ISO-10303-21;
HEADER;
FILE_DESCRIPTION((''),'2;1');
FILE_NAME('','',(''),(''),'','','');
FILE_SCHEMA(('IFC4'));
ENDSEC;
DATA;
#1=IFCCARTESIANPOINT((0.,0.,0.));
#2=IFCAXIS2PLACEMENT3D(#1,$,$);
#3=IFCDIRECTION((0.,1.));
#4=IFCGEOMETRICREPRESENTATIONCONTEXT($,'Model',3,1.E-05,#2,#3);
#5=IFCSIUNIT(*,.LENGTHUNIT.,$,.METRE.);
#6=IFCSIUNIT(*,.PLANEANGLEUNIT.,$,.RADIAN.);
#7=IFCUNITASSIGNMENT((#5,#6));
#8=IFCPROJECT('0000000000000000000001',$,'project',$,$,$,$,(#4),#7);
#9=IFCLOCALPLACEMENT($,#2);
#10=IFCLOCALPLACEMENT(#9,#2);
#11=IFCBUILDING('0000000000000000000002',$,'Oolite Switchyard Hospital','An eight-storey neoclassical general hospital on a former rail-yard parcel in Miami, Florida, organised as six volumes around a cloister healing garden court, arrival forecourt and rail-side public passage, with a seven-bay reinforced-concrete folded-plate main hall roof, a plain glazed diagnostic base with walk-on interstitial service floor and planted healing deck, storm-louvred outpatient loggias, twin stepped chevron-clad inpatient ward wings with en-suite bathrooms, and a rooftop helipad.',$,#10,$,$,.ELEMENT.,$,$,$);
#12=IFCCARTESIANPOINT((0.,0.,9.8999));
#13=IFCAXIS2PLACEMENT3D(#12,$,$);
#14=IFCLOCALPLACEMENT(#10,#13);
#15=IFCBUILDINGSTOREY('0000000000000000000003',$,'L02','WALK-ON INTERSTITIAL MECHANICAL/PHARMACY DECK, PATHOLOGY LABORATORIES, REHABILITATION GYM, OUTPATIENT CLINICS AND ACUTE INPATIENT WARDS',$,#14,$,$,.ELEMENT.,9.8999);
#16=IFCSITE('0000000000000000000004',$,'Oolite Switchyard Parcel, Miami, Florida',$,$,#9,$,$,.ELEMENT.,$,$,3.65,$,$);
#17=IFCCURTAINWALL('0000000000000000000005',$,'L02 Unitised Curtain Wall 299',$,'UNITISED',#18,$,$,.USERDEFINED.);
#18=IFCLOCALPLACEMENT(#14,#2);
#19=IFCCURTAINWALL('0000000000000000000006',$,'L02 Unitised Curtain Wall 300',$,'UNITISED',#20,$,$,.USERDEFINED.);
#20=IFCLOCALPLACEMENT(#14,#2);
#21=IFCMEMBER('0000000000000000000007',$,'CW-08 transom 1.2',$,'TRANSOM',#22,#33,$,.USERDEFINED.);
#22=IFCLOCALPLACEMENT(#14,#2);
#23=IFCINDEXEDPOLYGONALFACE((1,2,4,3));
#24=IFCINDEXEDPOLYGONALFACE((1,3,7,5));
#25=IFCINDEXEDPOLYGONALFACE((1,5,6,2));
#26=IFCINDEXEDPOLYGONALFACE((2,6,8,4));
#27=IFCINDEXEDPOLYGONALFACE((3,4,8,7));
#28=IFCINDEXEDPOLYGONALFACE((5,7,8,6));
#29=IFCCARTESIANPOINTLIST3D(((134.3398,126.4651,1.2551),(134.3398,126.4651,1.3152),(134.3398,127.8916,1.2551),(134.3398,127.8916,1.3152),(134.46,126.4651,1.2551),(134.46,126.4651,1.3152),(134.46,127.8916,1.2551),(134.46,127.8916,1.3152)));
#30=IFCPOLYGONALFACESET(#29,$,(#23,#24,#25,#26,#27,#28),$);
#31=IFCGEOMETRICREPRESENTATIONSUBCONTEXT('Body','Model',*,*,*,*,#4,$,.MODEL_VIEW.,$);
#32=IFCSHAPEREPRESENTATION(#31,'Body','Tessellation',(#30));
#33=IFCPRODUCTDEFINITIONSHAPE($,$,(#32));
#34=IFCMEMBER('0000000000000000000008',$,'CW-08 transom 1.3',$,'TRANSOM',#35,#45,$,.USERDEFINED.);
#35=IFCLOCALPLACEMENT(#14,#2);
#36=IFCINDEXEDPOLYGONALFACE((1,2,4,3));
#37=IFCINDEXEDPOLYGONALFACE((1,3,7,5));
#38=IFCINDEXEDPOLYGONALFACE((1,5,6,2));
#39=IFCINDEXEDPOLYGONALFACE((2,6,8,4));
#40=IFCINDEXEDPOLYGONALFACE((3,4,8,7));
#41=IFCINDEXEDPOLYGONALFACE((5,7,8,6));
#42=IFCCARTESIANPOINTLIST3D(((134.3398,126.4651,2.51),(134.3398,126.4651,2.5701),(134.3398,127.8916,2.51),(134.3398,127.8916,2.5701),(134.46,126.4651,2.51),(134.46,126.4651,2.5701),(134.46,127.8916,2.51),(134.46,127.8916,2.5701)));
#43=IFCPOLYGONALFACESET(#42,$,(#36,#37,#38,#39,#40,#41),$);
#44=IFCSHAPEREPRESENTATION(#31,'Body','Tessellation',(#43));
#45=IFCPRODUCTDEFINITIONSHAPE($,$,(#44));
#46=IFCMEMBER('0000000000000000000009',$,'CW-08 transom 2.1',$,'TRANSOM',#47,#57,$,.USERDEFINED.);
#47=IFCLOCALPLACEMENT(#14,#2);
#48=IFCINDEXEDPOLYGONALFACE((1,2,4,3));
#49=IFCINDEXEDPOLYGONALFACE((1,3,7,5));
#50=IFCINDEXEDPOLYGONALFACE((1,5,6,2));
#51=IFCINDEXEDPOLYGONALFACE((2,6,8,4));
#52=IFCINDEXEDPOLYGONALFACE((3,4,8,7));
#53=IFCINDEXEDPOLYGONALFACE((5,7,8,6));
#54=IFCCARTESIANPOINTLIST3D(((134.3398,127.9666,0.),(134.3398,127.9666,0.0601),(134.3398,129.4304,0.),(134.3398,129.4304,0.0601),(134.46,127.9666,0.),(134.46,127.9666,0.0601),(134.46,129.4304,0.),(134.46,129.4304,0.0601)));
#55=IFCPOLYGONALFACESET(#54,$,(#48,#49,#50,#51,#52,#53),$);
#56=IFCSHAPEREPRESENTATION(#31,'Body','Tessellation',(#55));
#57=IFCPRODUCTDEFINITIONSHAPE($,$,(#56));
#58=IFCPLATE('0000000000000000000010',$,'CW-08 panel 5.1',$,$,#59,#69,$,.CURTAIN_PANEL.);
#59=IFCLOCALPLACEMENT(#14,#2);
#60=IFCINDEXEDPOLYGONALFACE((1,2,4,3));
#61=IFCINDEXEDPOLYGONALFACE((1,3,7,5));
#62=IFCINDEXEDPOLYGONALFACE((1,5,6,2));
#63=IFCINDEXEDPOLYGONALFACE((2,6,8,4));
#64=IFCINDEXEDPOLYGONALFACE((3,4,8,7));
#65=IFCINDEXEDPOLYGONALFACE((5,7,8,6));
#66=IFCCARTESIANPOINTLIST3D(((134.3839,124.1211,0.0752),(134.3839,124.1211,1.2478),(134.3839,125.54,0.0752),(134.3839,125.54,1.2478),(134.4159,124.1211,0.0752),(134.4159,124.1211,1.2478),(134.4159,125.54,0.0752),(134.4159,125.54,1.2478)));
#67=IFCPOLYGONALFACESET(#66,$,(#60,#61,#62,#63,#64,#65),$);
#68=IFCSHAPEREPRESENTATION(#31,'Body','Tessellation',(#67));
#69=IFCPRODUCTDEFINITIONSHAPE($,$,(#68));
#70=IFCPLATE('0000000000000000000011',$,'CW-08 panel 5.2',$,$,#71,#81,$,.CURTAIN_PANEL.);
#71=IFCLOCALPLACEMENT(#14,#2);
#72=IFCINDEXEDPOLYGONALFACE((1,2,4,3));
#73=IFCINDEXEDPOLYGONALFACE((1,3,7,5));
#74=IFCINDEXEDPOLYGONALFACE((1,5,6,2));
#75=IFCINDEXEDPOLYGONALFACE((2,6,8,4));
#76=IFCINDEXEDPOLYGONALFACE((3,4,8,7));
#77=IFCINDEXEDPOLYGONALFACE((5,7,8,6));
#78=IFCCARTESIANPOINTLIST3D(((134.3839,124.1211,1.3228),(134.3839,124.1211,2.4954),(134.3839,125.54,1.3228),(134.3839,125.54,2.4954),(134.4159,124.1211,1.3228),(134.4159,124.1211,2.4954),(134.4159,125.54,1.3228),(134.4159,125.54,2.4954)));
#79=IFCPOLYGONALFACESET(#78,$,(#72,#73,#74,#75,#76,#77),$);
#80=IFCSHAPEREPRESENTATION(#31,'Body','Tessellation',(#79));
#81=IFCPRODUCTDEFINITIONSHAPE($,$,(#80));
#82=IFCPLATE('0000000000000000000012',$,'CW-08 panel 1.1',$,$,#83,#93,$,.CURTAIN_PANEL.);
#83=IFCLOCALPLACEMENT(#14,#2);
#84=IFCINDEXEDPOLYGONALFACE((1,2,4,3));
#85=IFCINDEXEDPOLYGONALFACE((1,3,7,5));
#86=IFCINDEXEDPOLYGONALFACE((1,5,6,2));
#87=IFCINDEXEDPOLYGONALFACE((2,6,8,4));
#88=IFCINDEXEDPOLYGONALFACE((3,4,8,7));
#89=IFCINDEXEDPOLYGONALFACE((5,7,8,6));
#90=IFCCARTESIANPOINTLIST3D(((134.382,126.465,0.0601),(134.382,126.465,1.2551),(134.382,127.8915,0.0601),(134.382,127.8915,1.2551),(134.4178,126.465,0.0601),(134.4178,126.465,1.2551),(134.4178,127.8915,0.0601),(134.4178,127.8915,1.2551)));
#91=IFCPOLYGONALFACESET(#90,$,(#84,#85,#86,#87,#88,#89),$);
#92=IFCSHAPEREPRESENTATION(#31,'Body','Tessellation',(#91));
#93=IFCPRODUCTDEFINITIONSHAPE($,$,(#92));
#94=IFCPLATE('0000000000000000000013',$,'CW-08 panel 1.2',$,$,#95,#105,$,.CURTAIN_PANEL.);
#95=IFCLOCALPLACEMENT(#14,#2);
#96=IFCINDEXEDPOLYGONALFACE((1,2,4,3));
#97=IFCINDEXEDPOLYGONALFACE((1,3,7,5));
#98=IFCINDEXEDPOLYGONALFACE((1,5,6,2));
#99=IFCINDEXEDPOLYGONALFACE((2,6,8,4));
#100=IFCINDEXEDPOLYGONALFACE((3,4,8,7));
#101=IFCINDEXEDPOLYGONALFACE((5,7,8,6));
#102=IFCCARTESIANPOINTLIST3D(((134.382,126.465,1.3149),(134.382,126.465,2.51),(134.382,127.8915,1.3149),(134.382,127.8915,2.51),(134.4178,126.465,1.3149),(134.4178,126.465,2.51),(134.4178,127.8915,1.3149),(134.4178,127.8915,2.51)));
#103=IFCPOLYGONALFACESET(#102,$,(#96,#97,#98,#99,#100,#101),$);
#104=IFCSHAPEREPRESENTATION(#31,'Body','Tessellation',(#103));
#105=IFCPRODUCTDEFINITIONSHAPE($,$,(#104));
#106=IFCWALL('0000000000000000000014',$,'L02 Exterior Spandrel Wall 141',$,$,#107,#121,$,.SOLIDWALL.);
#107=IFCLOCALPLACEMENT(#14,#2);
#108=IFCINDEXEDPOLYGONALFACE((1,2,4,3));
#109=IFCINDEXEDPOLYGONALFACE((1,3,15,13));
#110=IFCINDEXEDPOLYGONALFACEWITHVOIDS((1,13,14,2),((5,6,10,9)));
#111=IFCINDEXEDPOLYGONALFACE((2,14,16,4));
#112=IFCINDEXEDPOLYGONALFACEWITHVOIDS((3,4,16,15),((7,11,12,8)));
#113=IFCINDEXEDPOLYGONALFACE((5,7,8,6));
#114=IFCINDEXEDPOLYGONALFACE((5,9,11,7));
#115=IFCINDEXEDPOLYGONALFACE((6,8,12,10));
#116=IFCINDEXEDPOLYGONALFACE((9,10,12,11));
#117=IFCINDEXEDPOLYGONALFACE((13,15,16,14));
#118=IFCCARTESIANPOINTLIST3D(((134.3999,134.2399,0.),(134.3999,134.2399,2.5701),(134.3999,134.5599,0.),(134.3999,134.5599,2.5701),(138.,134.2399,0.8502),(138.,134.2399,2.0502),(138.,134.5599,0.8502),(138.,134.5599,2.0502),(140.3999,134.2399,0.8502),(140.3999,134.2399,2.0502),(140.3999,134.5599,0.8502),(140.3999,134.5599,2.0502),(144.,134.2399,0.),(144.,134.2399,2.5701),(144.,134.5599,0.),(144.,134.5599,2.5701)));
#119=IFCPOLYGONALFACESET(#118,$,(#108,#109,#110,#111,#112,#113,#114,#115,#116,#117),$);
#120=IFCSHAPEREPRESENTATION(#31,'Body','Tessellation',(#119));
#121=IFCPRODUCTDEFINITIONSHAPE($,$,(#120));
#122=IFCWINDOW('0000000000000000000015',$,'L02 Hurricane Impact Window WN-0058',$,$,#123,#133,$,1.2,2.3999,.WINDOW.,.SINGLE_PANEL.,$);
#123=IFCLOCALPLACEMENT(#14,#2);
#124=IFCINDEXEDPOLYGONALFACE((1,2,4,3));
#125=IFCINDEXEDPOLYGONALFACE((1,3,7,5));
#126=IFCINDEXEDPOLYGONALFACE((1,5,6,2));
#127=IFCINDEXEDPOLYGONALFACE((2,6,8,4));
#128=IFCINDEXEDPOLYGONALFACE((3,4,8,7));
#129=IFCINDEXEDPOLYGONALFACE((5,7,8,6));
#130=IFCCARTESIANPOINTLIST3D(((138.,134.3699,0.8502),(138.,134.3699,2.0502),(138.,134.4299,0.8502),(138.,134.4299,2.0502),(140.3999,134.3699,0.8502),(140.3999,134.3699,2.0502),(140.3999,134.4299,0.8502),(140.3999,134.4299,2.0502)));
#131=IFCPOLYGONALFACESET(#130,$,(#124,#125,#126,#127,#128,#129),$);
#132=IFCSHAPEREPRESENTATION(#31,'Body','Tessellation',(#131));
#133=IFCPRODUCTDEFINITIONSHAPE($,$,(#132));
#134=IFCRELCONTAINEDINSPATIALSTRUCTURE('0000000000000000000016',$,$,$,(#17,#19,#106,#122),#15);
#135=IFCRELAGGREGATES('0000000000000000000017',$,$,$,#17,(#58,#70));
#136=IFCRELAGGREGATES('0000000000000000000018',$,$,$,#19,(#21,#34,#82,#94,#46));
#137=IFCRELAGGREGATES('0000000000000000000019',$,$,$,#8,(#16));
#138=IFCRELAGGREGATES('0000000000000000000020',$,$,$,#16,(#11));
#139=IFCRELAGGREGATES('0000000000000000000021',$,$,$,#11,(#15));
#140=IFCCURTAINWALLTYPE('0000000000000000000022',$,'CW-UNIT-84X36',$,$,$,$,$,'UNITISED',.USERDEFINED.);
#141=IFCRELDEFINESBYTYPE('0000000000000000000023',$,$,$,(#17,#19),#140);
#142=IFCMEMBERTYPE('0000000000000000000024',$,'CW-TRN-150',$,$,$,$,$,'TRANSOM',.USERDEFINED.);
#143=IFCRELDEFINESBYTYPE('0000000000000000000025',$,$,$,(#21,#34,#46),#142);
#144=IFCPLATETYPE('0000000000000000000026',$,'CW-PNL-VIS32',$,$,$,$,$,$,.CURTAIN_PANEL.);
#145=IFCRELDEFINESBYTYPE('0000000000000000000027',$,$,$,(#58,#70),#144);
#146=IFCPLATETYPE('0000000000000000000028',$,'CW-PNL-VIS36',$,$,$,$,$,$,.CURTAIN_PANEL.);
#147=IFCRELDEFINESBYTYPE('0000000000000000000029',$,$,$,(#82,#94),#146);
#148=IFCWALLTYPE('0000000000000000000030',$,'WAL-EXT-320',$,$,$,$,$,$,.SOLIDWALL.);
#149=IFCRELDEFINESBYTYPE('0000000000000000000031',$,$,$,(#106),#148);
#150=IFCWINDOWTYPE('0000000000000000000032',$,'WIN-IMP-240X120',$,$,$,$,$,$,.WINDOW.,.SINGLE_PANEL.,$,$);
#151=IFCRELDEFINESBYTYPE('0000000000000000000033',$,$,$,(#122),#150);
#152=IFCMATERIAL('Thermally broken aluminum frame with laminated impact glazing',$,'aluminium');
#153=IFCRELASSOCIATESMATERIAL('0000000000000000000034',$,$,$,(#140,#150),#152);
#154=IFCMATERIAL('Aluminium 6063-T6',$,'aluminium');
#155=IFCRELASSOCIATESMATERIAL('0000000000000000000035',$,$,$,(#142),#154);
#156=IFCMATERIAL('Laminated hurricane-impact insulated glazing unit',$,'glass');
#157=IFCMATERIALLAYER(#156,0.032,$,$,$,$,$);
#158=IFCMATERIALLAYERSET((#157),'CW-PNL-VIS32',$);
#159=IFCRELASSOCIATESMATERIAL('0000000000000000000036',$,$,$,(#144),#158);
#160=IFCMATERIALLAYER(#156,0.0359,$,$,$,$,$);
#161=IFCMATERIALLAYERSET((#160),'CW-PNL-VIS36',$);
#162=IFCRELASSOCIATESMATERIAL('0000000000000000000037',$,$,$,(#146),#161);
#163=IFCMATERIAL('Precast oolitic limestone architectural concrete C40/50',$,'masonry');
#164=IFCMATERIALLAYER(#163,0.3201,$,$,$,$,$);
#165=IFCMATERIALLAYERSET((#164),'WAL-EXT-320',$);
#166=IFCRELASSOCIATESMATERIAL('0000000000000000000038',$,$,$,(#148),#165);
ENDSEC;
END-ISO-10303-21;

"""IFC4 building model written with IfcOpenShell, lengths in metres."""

from ifc_helpers import new_model, si_unit, direction, frame, frame_2d, origin, origin_2d, place, context, subcontext, project, spatial, rectangle, extrude, material, layer, layer_set, material_profile, profile_set, type_object, element, fill, aggregate, save


model = new_model("IFC4")

# Units and contexts
model_context = context("Model", 3, precision=1e-05, world=origin(), true_north=direction((0.0, 1.0)))
body_context = subcontext(model_context, "Body", "Model", "MODEL_VIEW")
ifc_project = project(units=[si_unit("LENGTHUNIT", "METRE"), si_unit("PLANEANGLEUNIT", "RADIAN")], contexts=[model_context])

# Site, building, storey
site_placement = place(None, origin())
site = spatial("IfcSite", under=ifc_project, at=site_placement, Name="Oolite Switchyard Parcel, Miami, Florida", CompositionType="ELEMENT", RefElevation=3.65)
building_placement = place(site_placement, origin())
building = spatial("IfcBuilding", under=site, at=building_placement, Name="Oolite Switchyard Hospital", Description="An eight-storey neoclassical general hospital on a former rail-yard parcel in Miami, Florida, organised as six volumes around a cloister healing garden court, arrival forecourt and rail-side public passage, with a seven-bay reinforced-concrete folded-plate main hall roof, a plain glazed diagnostic base with walk-on interstitial service floor and planted healing deck, storm-louvred outpatient loggias, twin stepped chevron-clad inpatient ward wings with en-suite bathrooms, and a rooftop helipad.", CompositionType="ELEMENT")
storey_placement = place(building_placement, frame((0.0, 0.0, 9.8999)))
storey = spatial("IfcBuildingStorey", under=building, at=storey_placement, Name="L02", Description="WALK-ON INTERSTITIAL MECHANICAL/PHARMACY DECK, PATHOLOGY LABORATORIES, REHABILITATION GYM, OUTPATIENT CLINICS AND ACUTE INPATIENT WARDS", CompositionType="ELEMENT", Elevation=9.8999)

# Curtain wall
ifc_material_1 = material(Name="Thermally broken aluminum frame with laminated impact glazing", Category="aluminium")
curtain_wall_type = type_object("IfcCurtainWallType", Name="CW-UNIT-84X36", ElementType="UNITISED", PredefinedType="USERDEFINED", material=ifc_material_1)
curtain_wall_1_placement = place(storey_placement, origin())
curtain_wall_1 = element("IfcCurtainWall", 1, at=curtain_wall_1_placement, inside=storey, type_object=curtain_wall_type, Name="L02 Unitised Curtain Wall 299", ObjectType="UNITISED", PredefinedType="USERDEFINED")
ifc_material_2 = material(Name="Aluminium 6063-T6", Category="aluminium")

# Curtain wall, members
curtain_wall_2_placement = place(storey_placement, origin())
curtain_wall_2 = element("IfcCurtainWall", 2, at=curtain_wall_2_placement, inside=storey, type_object=curtain_wall_type, Name="L02 Unitised Curtain Wall 300", ObjectType="UNITISED", PredefinedType="USERDEFINED")
ifc_material_profile_1 = material_profile(ifc_material_2, rectangle(XDim=0.1201, YDim=0.0601, at=origin_2d()), Name="CWT60X120")
ifc_profile_set_1 = profile_set([ifc_material_profile_1], Name="Aluminium 6063-T6")
member_type_1 = type_object("IfcMemberType", Name="CW-TRN-150", ElementType="TRANSOM", PredefinedType="USERDEFINED", material=ifc_profile_set_1)
member_1_placement = place(storey_placement, frame((134.3999, 126.4651, 1.2852), z_axis=(0.0, 1.0, 0.0), x_axis=(-1.0, 0.0, 0.0)))
member_1 = element("IfcMember", 3, at=member_1_placement, type_object=member_type_1, Name="CW-08 transom 1.2", ObjectType="TRANSOM", PredefinedType="USERDEFINED", context=body_context, shape_type="SweptSolid", body=[
    extrude(rectangle(XDim=0.1201, YDim=0.0601, at=origin_2d()), origin(), (0.0, 0.0, 1.0), 1.4265),
])
member_2_placement = place(storey_placement, frame((134.3999, 126.4651, 2.54), z_axis=(0.0, 1.0, 0.0), x_axis=(-1.0, 0.0, 0.0)))
member_2 = element("IfcMember", 4, at=member_2_placement, type_object=member_type_1, Name="CW-08 transom 1.3", ObjectType="TRANSOM", PredefinedType="USERDEFINED", context=body_context, shape_type="SweptSolid", body=[
    extrude(rectangle(XDim=0.1201, YDim=0.0601, at=origin_2d()), origin(), (0.0, 0.0, 1.0), 1.4265),
])
member_3_placement = place(storey_placement, frame((134.3999, 127.9666, 0.03), z_axis=(0.0, 1.0, 0.0), x_axis=(-1.0, 0.0, 0.0)))
member_3 = element("IfcMember", 5, at=member_3_placement, type_object=member_type_1, Name="CW-08 transom 2.1", ObjectType="TRANSOM", PredefinedType="USERDEFINED", context=body_context, shape_type="SweptSolid", body=[
    extrude(rectangle(XDim=0.1201, YDim=0.0601, at=origin_2d()), origin(), (0.0, 0.0, 1.0), 1.4639),
])

# Plates
ifc_material_3 = material(Name="Laminated hurricane-impact insulated glazing unit", Category="glass")
ifc_layer_1 = layer(ifc_material_3, 0.032)
ifc_layer_set_1 = layer_set([ifc_layer_1], Name="CW-PNL-VIS32")
plate_type_1 = type_object("IfcPlateType", Name="CW-PNL-VIS32", PredefinedType="CURTAIN_PANEL", material=ifc_layer_set_1)
plate_1_placement = place(storey_placement, frame((134.3999, 124.8306, 0.0752), z_axis=(0.0, 0.0, 1.0), x_axis=(0.0, 1.0, 0.0)))
plate_1 = element("IfcPlate", 6, at=plate_1_placement, type_object=plate_type_1, Name="CW-08 panel 5.1", PredefinedType="CURTAIN_PANEL", context=body_context, shape_type="SweptSolid", body=[
    extrude(rectangle(XDim=1.4189, YDim=0.032, at=origin_2d()), origin(), (0.0, 0.0, 1.0), 1.1726),
])
plate_2_placement = place(storey_placement, frame((134.3999, 124.8306, 1.3228), z_axis=(0.0, 0.0, 1.0), x_axis=(0.0, 1.0, 0.0)))
plate_2 = element("IfcPlate", 7, at=plate_2_placement, type_object=plate_type_1, Name="CW-08 panel 5.2", PredefinedType="CURTAIN_PANEL", context=body_context, shape_type="SweptSolid", body=[
    extrude(rectangle(XDim=1.4189, YDim=0.032, at=origin_2d()), origin(), (0.0, 0.0, 1.0), 1.1726),
])
aggregate(curtain_wall_1, [plate_1, plate_2])
ifc_layer_2 = layer(ifc_material_3, 0.0359)
ifc_layer_set_2 = layer_set([ifc_layer_2], Name="CW-PNL-VIS36")
plate_type_2 = type_object("IfcPlateType", Name="CW-PNL-VIS36", PredefinedType="CURTAIN_PANEL", material=ifc_layer_set_2)
plate_3_placement = place(storey_placement, frame((134.3999, 127.1782, 0.0601), z_axis=(0.0, 0.0, 1.0), x_axis=(0.0, 1.0, 0.0)))
plate_3 = element("IfcPlate", 8, at=plate_3_placement, type_object=plate_type_2, Name="CW-08 panel 1.1", PredefinedType="CURTAIN_PANEL", context=body_context, shape_type="SweptSolid", body=[
    extrude(rectangle(XDim=1.4265, YDim=0.0359, at=origin_2d()), origin(), (0.0, 0.0, 1.0), 1.1951),
])
plate_4_placement = place(storey_placement, frame((134.3999, 127.1782, 1.3149), z_axis=(0.0, 0.0, 1.0), x_axis=(0.0, 1.0, 0.0)))
plate_4 = element("IfcPlate", 9, at=plate_4_placement, type_object=plate_type_2, Name="CW-08 panel 1.2", PredefinedType="CURTAIN_PANEL", context=body_context, shape_type="SweptSolid", body=[
    extrude(rectangle(XDim=1.4265, YDim=0.0359, at=origin_2d()), origin(), (0.0, 0.0, 1.0), 1.1951),
])
aggregate(curtain_wall_2, [member_1, member_2, plate_3, plate_4, member_3])

# Wall, opening, window
ifc_material_4 = material(Name="Precast oolitic limestone architectural concrete C40/50", Category="masonry")
ifc_layer_3 = layer(ifc_material_4, 0.3201)
ifc_layer_set_3 = layer_set([ifc_layer_3], Name="WAL-EXT-320")
wall_type = type_object("IfcWallType", Name="WAL-EXT-320", PredefinedType="SOLIDWALL", material=ifc_layer_set_3)
wall_placement = place(storey_placement, frame((134.3999, 134.3999, 0.0), z_axis=(0.0, 0.0, 1.0), x_axis=(1.0, 0.0, 0.0)))
wall = element("IfcWall", 10, at=wall_placement, inside=storey, type_object=wall_type, Name="L02 Exterior Spandrel Wall 141", PredefinedType="SOLIDWALL", context=body_context, shape_type="SweptSolid", body=[
    extrude(rectangle(XDim=9.6001, YDim=0.3201, at=frame_2d((4.8, 0.0))), origin(), (0.0, 0.0, 1.0), 2.5701),
])
opening_placement = place(wall_placement, frame((3.6001, 0.0, 0.8501)))
opening = element("IfcOpeningElement", 11, at=opening_placement, cuts=wall, PredefinedType="OPENING", context=body_context, shape_type="SweptSolid", body=[
    extrude(rectangle(XDim=2.3999, YDim=1.2, at=frame_2d((1.2, 0.6001))), frame((0.0, 0.1699, 0.0), z_axis=(0.0, -1.0, 0.0), x_axis=(1.0, 0.0, 0.0)), (0.0, 0.0, 1.0), 0.3401),
])
window_type = type_object("IfcWindowType", Name="WIN-IMP-240X120", PartitioningType="SINGLE_PANEL", PredefinedType="WINDOW", material=ifc_material_1)
window_placement = place(opening_placement, origin())
window = element("IfcWindow", 12, at=window_placement, inside=storey, type_object=window_type, Name="L02 Hurricane Impact Window WN-0058", OverallHeight=1.2, OverallWidth=2.3999, PartitioningType="SINGLE_PANEL", PredefinedType="WINDOW", context=body_context, shape_type="SweptSolid", body=[
    extrude(rectangle(XDim=2.3999, YDim=1.2, at=frame_2d((1.2, 0.6001))), frame((0.0, 0.03, 0.0), z_axis=(0.0, -1.0, 0.0), x_axis=(1.0, 0.0, 0.0)), (0.0, 0.0, 1.0), 0.0601),
])
fill(opening, window)

save(model, "model.ifc")
